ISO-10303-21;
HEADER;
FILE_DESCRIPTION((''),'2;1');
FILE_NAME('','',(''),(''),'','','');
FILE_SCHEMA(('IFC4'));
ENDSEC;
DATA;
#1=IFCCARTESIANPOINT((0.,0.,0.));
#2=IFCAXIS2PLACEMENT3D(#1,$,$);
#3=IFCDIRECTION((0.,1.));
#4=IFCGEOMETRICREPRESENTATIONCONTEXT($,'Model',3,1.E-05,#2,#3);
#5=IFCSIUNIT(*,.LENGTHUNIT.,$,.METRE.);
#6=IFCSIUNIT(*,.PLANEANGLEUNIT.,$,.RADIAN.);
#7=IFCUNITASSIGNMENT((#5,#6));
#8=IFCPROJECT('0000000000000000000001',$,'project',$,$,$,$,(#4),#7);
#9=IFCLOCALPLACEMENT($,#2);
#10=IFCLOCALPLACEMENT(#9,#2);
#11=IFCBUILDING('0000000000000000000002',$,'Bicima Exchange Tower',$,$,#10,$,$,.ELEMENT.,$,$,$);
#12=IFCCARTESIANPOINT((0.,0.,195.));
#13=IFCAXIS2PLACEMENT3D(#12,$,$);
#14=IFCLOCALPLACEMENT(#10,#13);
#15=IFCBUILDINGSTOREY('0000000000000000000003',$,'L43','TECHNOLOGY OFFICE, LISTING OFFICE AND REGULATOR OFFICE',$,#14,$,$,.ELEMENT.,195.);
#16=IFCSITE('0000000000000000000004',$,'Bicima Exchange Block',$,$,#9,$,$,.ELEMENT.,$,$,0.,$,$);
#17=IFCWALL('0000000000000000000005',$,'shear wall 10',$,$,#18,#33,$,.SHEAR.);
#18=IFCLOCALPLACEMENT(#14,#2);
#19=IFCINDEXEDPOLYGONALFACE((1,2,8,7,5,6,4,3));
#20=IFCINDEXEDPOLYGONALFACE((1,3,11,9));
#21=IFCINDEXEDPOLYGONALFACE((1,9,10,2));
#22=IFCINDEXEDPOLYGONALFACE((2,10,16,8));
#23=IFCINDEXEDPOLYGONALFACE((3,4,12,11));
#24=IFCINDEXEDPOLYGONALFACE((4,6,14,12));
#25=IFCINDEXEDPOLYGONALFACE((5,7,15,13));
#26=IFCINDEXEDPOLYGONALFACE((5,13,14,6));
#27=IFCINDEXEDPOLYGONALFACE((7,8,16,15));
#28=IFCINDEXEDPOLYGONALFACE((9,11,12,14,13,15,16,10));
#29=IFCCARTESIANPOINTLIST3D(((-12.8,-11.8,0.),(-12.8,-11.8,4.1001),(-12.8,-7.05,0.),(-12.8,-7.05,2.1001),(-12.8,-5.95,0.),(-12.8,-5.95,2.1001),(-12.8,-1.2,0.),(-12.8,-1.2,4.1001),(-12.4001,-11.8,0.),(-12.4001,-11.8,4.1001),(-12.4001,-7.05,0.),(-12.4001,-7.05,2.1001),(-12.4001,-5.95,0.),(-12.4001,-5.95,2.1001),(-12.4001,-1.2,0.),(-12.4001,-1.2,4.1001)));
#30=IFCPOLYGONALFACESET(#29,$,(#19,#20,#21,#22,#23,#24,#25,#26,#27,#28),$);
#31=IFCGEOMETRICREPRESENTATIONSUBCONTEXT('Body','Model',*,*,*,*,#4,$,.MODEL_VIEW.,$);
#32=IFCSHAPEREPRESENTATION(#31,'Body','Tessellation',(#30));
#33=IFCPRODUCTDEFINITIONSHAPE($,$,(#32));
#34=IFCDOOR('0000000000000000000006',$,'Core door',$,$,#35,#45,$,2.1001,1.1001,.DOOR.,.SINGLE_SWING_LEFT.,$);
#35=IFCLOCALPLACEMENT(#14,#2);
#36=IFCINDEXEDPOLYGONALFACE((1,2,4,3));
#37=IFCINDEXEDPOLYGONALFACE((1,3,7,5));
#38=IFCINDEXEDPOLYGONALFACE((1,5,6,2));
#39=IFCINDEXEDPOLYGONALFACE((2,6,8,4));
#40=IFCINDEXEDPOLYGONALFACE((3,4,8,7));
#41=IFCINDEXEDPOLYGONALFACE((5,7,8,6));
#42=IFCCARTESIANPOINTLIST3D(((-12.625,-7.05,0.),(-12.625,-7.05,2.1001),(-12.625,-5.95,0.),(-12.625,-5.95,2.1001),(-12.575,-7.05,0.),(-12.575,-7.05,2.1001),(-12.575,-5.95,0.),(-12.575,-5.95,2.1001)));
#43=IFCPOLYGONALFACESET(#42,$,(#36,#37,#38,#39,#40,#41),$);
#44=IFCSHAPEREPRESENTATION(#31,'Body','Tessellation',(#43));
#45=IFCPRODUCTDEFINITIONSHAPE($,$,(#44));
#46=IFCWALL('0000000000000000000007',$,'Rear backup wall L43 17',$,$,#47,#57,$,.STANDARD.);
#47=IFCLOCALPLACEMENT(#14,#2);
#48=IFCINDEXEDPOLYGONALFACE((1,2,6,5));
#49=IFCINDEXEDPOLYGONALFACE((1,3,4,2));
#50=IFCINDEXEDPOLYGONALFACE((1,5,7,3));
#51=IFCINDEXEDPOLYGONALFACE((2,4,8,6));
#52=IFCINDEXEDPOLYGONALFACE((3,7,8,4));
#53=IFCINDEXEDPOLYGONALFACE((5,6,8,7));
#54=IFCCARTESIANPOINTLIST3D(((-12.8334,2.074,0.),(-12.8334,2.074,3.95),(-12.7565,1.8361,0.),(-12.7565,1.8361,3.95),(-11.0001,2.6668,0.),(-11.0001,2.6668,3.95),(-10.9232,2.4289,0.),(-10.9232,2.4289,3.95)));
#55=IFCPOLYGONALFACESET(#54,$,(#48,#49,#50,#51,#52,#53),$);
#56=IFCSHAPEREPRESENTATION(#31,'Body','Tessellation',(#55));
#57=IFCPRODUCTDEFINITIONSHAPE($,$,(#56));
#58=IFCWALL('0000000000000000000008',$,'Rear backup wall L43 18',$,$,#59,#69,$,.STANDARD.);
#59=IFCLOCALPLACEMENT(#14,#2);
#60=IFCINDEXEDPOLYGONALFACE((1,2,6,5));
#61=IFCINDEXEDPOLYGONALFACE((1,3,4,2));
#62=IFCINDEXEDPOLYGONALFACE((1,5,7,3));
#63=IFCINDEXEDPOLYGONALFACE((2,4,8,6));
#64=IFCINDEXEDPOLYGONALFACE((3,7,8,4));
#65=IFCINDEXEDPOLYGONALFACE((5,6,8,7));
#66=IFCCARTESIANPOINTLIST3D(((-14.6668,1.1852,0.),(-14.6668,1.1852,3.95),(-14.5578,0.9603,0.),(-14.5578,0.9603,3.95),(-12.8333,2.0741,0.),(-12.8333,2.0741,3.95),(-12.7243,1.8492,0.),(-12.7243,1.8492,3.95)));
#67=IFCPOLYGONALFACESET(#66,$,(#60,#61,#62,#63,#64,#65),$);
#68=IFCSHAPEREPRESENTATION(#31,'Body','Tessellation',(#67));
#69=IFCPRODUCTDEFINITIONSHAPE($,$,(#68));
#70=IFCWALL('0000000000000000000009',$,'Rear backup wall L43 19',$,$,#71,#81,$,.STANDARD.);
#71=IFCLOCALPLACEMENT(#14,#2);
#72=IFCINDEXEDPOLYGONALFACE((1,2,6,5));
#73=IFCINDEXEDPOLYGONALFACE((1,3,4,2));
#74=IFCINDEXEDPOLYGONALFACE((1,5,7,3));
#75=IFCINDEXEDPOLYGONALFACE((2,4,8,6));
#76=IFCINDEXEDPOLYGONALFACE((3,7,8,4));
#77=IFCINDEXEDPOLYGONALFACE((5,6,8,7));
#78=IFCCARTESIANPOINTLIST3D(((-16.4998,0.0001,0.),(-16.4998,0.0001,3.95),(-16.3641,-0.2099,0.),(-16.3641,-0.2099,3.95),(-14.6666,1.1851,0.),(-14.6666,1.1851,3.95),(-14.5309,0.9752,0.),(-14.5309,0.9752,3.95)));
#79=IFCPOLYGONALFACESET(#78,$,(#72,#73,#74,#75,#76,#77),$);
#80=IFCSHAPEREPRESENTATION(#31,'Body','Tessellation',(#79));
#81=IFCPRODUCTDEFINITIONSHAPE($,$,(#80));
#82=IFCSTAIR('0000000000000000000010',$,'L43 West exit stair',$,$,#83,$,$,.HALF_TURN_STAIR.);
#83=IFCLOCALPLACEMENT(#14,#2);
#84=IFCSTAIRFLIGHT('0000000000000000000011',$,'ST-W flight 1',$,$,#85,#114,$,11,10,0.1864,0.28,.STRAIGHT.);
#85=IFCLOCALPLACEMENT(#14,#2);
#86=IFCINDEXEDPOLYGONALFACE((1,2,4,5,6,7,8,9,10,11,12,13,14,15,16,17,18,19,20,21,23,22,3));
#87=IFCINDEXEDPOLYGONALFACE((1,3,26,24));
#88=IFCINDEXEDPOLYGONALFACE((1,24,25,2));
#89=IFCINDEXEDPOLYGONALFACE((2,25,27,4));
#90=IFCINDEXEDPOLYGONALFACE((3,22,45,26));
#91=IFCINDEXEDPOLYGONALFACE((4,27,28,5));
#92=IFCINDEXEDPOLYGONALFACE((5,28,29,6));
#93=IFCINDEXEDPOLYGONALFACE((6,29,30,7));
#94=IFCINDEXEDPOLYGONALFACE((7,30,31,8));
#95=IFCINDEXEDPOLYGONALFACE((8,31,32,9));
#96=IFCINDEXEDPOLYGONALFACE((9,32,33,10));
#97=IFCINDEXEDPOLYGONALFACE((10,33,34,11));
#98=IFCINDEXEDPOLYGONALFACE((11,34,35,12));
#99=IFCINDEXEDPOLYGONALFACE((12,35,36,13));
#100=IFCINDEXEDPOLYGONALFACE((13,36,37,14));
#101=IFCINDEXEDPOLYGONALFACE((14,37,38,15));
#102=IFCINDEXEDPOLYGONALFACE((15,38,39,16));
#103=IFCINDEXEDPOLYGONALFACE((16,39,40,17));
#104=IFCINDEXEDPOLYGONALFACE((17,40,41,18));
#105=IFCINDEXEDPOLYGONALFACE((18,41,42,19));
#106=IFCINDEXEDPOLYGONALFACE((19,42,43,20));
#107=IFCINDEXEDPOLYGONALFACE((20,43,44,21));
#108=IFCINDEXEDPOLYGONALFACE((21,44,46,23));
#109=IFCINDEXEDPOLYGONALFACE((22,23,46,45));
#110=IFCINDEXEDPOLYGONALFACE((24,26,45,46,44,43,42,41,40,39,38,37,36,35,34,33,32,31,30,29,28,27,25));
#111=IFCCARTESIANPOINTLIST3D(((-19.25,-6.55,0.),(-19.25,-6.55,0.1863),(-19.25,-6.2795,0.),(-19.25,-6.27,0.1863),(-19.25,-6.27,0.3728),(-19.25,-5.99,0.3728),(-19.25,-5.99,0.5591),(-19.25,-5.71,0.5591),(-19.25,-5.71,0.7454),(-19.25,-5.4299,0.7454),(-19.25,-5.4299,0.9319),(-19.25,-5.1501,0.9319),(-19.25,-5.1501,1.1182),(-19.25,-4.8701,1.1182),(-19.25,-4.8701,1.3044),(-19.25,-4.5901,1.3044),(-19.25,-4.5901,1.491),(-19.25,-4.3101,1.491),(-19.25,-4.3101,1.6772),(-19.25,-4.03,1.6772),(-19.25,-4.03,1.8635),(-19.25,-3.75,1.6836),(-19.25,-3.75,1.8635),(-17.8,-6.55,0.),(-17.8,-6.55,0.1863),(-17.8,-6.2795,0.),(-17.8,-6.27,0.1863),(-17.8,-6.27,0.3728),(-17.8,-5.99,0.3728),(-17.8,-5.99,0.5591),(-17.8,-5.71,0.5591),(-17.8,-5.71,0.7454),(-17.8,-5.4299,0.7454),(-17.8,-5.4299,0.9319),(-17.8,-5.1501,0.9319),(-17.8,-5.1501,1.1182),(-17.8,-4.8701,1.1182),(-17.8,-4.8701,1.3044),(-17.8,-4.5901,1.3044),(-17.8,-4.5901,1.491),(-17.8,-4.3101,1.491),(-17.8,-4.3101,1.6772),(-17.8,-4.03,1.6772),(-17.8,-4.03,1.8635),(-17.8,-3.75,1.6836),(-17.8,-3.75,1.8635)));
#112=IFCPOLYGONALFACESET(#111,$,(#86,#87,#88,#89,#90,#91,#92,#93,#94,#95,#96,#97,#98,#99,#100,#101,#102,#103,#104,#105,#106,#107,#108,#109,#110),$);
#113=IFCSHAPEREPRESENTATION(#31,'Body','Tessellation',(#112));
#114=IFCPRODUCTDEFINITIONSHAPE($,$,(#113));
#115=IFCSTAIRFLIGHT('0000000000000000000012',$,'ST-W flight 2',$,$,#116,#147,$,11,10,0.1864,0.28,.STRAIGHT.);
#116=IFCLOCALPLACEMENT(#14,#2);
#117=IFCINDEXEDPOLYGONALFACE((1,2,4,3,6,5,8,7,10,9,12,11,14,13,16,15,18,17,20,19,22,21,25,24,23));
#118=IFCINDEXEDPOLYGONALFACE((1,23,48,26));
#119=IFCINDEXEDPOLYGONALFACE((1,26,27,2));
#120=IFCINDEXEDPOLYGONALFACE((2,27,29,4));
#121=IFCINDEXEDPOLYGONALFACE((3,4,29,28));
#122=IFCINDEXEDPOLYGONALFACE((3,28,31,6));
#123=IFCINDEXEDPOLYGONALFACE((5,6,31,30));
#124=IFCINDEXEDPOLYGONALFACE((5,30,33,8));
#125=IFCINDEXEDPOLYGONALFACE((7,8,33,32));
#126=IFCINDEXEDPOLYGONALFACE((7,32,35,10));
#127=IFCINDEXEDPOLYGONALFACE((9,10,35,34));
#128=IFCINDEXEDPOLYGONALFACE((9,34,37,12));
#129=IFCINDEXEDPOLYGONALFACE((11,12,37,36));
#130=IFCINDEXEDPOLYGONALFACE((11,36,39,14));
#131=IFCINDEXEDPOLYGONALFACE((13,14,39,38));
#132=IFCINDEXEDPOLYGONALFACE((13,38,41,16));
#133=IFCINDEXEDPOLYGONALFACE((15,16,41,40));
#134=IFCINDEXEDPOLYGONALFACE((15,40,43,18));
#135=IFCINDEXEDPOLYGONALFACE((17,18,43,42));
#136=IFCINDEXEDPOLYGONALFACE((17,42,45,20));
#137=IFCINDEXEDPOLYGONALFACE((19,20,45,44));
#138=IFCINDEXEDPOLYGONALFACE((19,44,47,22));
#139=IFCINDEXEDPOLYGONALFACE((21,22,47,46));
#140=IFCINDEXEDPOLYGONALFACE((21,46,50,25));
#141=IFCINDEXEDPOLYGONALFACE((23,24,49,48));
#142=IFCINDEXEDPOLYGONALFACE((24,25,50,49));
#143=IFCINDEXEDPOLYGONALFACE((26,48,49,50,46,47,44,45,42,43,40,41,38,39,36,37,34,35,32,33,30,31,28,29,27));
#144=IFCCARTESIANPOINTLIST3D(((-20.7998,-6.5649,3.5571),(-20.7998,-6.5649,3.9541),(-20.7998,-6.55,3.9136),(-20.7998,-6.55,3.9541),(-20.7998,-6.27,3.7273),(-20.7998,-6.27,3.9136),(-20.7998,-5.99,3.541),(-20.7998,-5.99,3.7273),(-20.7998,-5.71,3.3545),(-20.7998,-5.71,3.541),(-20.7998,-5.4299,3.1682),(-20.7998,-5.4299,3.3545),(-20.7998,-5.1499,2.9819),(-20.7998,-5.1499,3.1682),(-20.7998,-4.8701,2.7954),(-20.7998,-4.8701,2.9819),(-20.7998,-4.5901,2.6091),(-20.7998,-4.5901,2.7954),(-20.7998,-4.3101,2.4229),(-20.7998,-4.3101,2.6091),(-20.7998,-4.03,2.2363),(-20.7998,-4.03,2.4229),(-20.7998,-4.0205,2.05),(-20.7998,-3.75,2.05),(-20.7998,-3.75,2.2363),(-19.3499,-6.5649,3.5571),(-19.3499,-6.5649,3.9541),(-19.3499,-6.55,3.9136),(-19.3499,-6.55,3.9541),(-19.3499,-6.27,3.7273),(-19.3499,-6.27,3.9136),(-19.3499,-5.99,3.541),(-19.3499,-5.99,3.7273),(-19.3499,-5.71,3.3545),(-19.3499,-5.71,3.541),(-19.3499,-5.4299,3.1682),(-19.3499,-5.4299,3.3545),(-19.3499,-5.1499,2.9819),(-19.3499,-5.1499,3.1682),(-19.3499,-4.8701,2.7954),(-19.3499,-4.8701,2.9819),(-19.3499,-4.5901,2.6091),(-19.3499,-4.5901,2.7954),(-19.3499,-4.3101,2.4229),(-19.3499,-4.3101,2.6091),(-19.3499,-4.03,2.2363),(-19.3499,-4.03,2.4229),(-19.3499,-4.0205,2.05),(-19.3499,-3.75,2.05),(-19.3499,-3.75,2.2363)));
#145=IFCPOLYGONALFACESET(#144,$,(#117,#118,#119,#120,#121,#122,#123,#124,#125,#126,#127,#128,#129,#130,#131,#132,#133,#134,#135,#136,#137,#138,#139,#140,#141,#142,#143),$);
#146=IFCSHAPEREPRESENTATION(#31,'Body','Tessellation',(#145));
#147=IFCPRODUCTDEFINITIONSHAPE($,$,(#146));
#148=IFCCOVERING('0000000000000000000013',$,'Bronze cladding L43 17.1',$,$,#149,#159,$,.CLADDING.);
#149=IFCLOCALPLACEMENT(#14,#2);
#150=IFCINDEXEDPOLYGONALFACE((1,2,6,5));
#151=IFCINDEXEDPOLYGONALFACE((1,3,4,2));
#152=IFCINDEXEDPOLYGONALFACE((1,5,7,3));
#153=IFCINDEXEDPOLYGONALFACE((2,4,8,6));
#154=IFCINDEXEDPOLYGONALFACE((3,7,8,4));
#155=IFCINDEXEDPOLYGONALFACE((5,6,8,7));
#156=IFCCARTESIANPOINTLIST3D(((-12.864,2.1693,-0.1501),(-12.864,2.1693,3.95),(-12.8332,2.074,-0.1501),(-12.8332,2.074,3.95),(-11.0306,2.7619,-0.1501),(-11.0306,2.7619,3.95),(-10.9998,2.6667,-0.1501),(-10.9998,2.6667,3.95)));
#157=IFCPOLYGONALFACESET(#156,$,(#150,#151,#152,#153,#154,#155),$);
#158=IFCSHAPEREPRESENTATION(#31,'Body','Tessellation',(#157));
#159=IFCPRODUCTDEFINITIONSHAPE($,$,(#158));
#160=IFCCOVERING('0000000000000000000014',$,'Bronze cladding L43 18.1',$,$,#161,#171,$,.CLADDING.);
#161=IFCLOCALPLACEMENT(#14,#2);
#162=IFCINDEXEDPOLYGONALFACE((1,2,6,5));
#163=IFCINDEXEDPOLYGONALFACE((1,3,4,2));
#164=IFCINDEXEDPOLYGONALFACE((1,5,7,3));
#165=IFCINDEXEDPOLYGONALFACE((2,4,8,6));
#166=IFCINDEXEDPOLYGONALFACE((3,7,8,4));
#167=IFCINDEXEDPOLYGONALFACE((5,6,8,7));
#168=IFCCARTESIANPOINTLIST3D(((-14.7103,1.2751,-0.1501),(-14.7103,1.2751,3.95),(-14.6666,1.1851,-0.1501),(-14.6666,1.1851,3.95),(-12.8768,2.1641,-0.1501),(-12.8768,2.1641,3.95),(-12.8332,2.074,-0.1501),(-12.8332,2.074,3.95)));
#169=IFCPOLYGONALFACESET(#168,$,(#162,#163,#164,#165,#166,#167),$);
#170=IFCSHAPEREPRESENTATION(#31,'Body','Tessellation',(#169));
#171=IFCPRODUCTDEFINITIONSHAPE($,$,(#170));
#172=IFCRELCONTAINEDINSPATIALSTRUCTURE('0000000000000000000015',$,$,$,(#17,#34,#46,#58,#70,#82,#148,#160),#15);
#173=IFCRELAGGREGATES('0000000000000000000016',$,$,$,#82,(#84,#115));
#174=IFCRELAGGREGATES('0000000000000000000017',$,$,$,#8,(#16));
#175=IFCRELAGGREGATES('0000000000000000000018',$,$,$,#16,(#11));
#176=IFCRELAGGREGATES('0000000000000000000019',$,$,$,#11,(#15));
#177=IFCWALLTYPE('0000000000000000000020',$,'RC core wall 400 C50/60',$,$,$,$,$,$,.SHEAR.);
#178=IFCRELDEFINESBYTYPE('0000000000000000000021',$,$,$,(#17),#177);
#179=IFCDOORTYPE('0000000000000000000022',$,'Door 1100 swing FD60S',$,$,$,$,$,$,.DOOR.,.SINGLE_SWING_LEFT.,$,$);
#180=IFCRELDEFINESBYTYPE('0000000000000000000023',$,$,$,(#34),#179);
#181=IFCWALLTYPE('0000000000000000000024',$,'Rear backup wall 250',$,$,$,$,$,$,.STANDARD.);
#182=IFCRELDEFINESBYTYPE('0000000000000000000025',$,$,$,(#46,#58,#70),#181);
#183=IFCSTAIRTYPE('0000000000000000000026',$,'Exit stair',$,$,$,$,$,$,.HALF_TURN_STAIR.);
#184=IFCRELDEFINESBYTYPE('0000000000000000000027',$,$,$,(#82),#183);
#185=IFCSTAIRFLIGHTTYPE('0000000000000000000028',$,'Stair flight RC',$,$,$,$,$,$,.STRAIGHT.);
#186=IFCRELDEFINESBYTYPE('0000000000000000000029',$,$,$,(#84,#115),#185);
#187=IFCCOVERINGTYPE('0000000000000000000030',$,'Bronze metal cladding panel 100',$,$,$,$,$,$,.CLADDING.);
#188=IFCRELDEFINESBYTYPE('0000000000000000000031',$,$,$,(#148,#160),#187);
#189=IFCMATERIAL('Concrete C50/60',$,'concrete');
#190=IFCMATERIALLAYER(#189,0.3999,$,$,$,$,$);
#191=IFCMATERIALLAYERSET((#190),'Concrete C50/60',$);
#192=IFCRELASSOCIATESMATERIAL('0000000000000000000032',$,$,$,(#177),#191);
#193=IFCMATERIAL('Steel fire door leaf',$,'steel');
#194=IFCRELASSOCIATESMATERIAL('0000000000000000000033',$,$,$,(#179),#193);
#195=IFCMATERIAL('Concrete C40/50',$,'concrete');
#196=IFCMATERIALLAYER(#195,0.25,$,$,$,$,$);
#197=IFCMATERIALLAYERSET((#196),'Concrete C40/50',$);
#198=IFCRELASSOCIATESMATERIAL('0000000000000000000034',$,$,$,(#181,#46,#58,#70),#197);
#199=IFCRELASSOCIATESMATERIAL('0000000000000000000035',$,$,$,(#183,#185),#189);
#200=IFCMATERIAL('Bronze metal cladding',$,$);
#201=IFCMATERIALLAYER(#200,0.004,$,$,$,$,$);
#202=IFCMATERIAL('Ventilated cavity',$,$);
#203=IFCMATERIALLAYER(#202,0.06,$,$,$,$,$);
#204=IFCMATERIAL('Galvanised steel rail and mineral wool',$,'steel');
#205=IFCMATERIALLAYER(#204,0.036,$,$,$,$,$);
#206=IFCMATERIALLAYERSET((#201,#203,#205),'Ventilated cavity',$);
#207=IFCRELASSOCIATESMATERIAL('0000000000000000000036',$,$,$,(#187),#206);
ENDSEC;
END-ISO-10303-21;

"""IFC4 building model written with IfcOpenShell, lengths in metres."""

from ifc_helpers import new_model, si_unit, direction, frame, frame_2d, origin, origin_2d, place, context, subcontext, project, spatial, polyline, rectangle, outline, extrude, material, layer, layer_set, layer_usage, type_object, element, fill, aggregate, save


model = new_model("IFC4")

# Units and contexts
model_context = context("Model", 3, precision=1e-05, world=origin(), true_north=direction((0.0, 1.0)))
body_context = subcontext(model_context, "Body", "Model", "MODEL_VIEW")
ifc_project = project(units=[si_unit("LENGTHUNIT", "METRE"), si_unit("PLANEANGLEUNIT", "RADIAN")], contexts=[model_context])

# Site, building, storey
site_placement = place(None, origin())
site = spatial("IfcSite", under=ifc_project, at=site_placement, Name="Bicima Exchange Block", CompositionType="ELEMENT", RefElevation=0.0)
building_placement = place(site_placement, origin())
building = spatial("IfcBuilding", under=site, at=building_placement, Name="Bicima Exchange Tower", CompositionType="ELEMENT")
storey_placement = place(building_placement, frame((0.0, 0.0, 195.0)))
storey = spatial("IfcBuildingStorey", under=building, at=storey_placement, Name="L43", Description="TECHNOLOGY OFFICE, LISTING OFFICE AND REGULATOR OFFICE", CompositionType="ELEMENT", Elevation=195.0)

# Shared definitions
ifc_material_1 = material(Name="Concrete C50/60", Category="concrete")
ifc_layer_1 = layer(ifc_material_1, 0.3999)
ifc_layer_set_1 = layer_set([ifc_layer_1], Name="Concrete C50/60")
wall_type_1 = type_object("IfcWallType", Name="RC core wall 400 C50/60", PredefinedType="SHEAR", material=ifc_layer_set_1)
ifc_material_2 = material(Name="Steel fire door leaf", Category="steel")
door_type_1 = type_object("IfcDoorType", Name="Door 1100 swing FD60S", OperationType="SINGLE_SWING_LEFT", PredefinedType="DOOR", material=ifc_material_2)

# Wall, opening, door
wall_1_placement = place(storey_placement, frame((-12.6001, -11.8, 0.0), z_axis=(0.0, 0.0, 1.0), x_axis=(0.0, 1.0, 0.0)))
wall_1 = element("IfcWall", 1, at=wall_1_placement, inside=storey, type_object=wall_type_1, Name="shear wall 10", PredefinedType="SHEAR", context=body_context, shape_type="SweptSolid", body=[
    extrude(rectangle(XDim=10.6001, YDim=0.3999, at=frame_2d((5.3, 0.0))), origin(), (0.0, 0.0, 1.0), 4.1001),
])
opening_1_placement = place(wall_1_placement, frame((4.75, 0.0, 0.0)))
opening_1 = element("IfcOpeningElement", 2, at=opening_1_placement, cuts=wall_1, PredefinedType="OPENING", context=body_context, shape_type="SweptSolid", body=[
    extrude(rectangle(XDim=1.1001, YDim=2.1001, at=frame_2d((0.55, 1.05))), frame((0.0, 0.2119, 0.0), z_axis=(0.0, -1.0, 0.0), x_axis=(1.0, 0.0, 0.0)), (0.0, 0.0, 1.0), 0.4238),
])
door_1_placement = place(opening_1_placement, origin())
door_1 = element("IfcDoor", 3, at=door_1_placement, inside=storey, type_object=door_type_1, Name="Core door", OperationType="SINGLE_SWING_LEFT", OverallHeight=2.1001, OverallWidth=1.1001, PredefinedType="DOOR", context=body_context, shape_type="SweptSolid", body=[
    extrude(rectangle(XDim=1.1001, YDim=2.1001, at=frame_2d((0.55, 1.05))), frame((0.0, 0.0249, 0.0), z_axis=(0.0, -1.0, 0.0), x_axis=(1.0, 0.0, 0.0)), (0.0, 0.0, 1.0), 0.05),
])
fill(opening_1, door_1)

# Walls
ifc_material_3 = material(Name="Concrete C40/50", Category="concrete")
ifc_layer_2 = layer(ifc_material_3, 0.25)
ifc_layer_set_2 = layer_set([ifc_layer_2], Name="Concrete C40/50")
ifc_layer_usage = layer_usage(ifc_layer_set_2, "AXIS2", "POSITIVE", -0.125)
wall_type_2 = type_object("IfcWallType", Name="Rear backup wall 250", PredefinedType="STANDARD", material=ifc_layer_set_2)
wall_2_placement = place(storey_placement, frame((-10.9617, 2.5479, 0.0), z_axis=(0.0, 0.0, 1.0), x_axis=(-0.951496, -0.307662, 0.0)))
element("IfcWall", 4, at=wall_2_placement, inside=storey, type_object=wall_type_2, material=ifc_layer_usage, Name="Rear backup wall L43 17", PredefinedType="STANDARD", context=body_context, shape_type="SweptSolid", body=[
    extrude(rectangle(XDim=1.9268, YDim=0.25, at=frame_2d((0.9634, 0.0))), origin(), (0.0, 0.0, 1.0), 3.95),
])
wall_3_placement = place(storey_placement, frame((-12.7788, 1.9617, 0.0), z_axis=(0.0, 0.0, 1.0), x_axis=(-0.899824, -0.436253, 0.0)))
element("IfcWall", 5, at=wall_3_placement, inside=storey, type_object=wall_type_2, material=ifc_layer_usage, Name="Rear backup wall L43 18", PredefinedType="STANDARD", context=body_context, shape_type="SweptSolid", body=[
    extrude(rectangle(XDim=2.0376, YDim=0.25, at=frame_2d((1.0188, 0.0))), origin(), (0.0, 0.0, 1.0), 3.95),
])
wall_4_placement = place(storey_placement, frame((-14.5989, 1.0801, 0.0), z_axis=(0.0, 0.0, 1.0), x_axis=(-0.839813, -0.542876, 0.0)))
element("IfcWall", 6, at=wall_4_placement, inside=storey, type_object=wall_type_2, material=ifc_layer_usage, Name="Rear backup wall L43 19", PredefinedType="STANDARD", context=body_context, shape_type="SweptSolid", body=[
    extrude(rectangle(XDim=2.1829, YDim=0.25, at=frame_2d((1.0913, 0.0))), origin(), (0.0, 0.0, 1.0), 3.95),
])

# Stair, stair flights
stair_type = type_object("IfcStairType", Name="Exit stair", PredefinedType="HALF_TURN_STAIR", material=ifc_material_1)
stair_placement = place(storey_placement, origin())
stair = element("IfcStair", 7, at=stair_placement, inside=storey, type_object=stair_type, Name="L43 West exit stair", PredefinedType="HALF_TURN_STAIR")
stair_flight_type = type_object("IfcStairFlightType", Name="Stair flight RC", PredefinedType="STRAIGHT", material=ifc_material_1)
stair_flight_1_placement = place(storey_placement, frame((-18.5249, -6.55, 0.0), z_axis=(0.0, 0.0, 1.0), x_axis=(0.0, 1.0, 0.0)))
stair_flight_1 = element("IfcStairFlight", 8, at=stair_flight_1_placement, type_object=stair_flight_type, Name="ST-W flight 1", NumberOfRisers=11, NumberOfTreads=10, PredefinedType="STRAIGHT", RiserHeight=0.1864, TreadLength=0.28, context=body_context, shape_type="SweptSolid", body=[
    extrude(outline(polyline([(0.0, 0.0), (0.0, 0.1863), (0.28, 0.1863), (0.28, 0.3728), (0.5601, 0.3728), (0.5601, 0.5591), (0.8401, 0.5591), (0.8401, 0.7454), (1.1201, 0.7454), (1.1201, 0.9319), (1.3999, 0.9319), (1.3999, 1.1182), (1.6799, 1.1182), (1.6799, 1.3044), (1.96, 1.3044), (1.96, 1.491), (2.24, 1.491), (2.24, 1.6772), (2.52, 1.6772), (2.52, 1.8635), (2.8, 1.8635), (2.8, 2.05), (2.8, 1.6836), (0.2705, 0.0), (0.0, 0.0)])), frame((0.0, 0.7251, 0.0), z_axis=(0.0, -1.0, 0.0), x_axis=(1.0, 0.0, 0.0)), (0.0, 0.0, 1.0), 1.45),
])
stair_flight_2_placement = place(storey_placement, frame((-20.075, -3.75, 2.05), z_axis=(0.0, 0.0, 1.0), x_axis=(0.0, -1.0, 0.0)))
stair_flight_2 = element("IfcStairFlight", 9, at=stair_flight_2_placement, type_object=stair_flight_type, Name="ST-W flight 2", NumberOfRisers=11, NumberOfTreads=10, PredefinedType="STRAIGHT", RiserHeight=0.1864, TreadLength=0.28, context=body_context, shape_type="SweptSolid", body=[
    extrude(outline(polyline([(0.0, 0.0), (0.0, 0.1863), (0.28, 0.1863), (0.28, 0.3728), (0.5601, 0.3728), (0.5601, 0.5591), (0.8401, 0.5591), (0.8401, 0.7454), (1.1201, 0.7454), (1.1201, 0.9319), (1.3999, 0.9319), (1.3999, 1.1182), (1.6799, 1.1182), (1.6799, 1.3044), (1.96, 1.3044), (1.96, 1.491), (2.24, 1.491), (2.24, 1.6772), (2.52, 1.6772), (2.52, 1.8635), (2.8, 1.8635), (2.8, 1.9041), (2.8149, 1.9041), (2.8149, 1.5071), (0.2705, 0.0), (0.0, 0.0)])), frame((0.0, 0.7251, 0.0), z_axis=(0.0, -1.0, 0.0), x_axis=(1.0, 0.0, 0.0)), (0.0, 0.0, 1.0), 1.45),
])
aggregate(stair, [stair_flight_1, stair_flight_2])

# Coverings
ifc_material_4 = material(Name="Bronze metal cladding")
ifc_layer_3 = layer(ifc_material_4, 0.004)
ifc_material_5 = material(Name="Ventilated cavity")
ifc_layer_4 = layer(ifc_material_5, 0.06)
ifc_material_6 = material(Name="Galvanised steel rail and mineral wool", Category="steel")
ifc_layer_5 = layer(ifc_material_6, 0.036)
ifc_layer_set_3 = layer_set([ifc_layer_3, ifc_layer_4, ifc_layer_5], Name="Ventilated cavity")
covering_type = type_object("IfcCoveringType", Name="Bronze metal cladding panel 100", PredefinedType="CLADDING", material=ifc_layer_set_3)
covering_1_placement = place(storey_placement, frame((-11.9319, 2.418, -0.1501), z_axis=(0.0, 0.0, 1.0), x_axis=(-0.951525, -0.307573, 0.0)))
element("IfcCovering", 10, at=covering_1_placement, inside=storey, type_object=covering_type, Name="Bronze cladding L43 17.1", PredefinedType="CLADDING", context=body_context, shape_type="SweptSolid", body=[
    extrude(rectangle(XDim=1.9268, YDim=0.1001, at=origin_2d()), origin(), (0.0, 0.0, 1.0), 4.1001),
])
covering_2_placement = place(storey_placement, frame((-13.7717, 1.6746, -0.1501), z_axis=(0.0, 0.0, 1.0), x_axis=(-0.899818, -0.436265, 0.0)))
element("IfcCovering", 11, at=covering_2_placement, inside=storey, type_object=covering_type, Name="Bronze cladding L43 18.1", PredefinedType="CLADDING", context=body_context, shape_type="SweptSolid", body=[
    extrude(rectangle(XDim=2.0376, YDim=0.1001, at=origin_2d()), origin(), (0.0, 0.0, 1.0), 4.1001),
])

save(model, "model.ifc")
